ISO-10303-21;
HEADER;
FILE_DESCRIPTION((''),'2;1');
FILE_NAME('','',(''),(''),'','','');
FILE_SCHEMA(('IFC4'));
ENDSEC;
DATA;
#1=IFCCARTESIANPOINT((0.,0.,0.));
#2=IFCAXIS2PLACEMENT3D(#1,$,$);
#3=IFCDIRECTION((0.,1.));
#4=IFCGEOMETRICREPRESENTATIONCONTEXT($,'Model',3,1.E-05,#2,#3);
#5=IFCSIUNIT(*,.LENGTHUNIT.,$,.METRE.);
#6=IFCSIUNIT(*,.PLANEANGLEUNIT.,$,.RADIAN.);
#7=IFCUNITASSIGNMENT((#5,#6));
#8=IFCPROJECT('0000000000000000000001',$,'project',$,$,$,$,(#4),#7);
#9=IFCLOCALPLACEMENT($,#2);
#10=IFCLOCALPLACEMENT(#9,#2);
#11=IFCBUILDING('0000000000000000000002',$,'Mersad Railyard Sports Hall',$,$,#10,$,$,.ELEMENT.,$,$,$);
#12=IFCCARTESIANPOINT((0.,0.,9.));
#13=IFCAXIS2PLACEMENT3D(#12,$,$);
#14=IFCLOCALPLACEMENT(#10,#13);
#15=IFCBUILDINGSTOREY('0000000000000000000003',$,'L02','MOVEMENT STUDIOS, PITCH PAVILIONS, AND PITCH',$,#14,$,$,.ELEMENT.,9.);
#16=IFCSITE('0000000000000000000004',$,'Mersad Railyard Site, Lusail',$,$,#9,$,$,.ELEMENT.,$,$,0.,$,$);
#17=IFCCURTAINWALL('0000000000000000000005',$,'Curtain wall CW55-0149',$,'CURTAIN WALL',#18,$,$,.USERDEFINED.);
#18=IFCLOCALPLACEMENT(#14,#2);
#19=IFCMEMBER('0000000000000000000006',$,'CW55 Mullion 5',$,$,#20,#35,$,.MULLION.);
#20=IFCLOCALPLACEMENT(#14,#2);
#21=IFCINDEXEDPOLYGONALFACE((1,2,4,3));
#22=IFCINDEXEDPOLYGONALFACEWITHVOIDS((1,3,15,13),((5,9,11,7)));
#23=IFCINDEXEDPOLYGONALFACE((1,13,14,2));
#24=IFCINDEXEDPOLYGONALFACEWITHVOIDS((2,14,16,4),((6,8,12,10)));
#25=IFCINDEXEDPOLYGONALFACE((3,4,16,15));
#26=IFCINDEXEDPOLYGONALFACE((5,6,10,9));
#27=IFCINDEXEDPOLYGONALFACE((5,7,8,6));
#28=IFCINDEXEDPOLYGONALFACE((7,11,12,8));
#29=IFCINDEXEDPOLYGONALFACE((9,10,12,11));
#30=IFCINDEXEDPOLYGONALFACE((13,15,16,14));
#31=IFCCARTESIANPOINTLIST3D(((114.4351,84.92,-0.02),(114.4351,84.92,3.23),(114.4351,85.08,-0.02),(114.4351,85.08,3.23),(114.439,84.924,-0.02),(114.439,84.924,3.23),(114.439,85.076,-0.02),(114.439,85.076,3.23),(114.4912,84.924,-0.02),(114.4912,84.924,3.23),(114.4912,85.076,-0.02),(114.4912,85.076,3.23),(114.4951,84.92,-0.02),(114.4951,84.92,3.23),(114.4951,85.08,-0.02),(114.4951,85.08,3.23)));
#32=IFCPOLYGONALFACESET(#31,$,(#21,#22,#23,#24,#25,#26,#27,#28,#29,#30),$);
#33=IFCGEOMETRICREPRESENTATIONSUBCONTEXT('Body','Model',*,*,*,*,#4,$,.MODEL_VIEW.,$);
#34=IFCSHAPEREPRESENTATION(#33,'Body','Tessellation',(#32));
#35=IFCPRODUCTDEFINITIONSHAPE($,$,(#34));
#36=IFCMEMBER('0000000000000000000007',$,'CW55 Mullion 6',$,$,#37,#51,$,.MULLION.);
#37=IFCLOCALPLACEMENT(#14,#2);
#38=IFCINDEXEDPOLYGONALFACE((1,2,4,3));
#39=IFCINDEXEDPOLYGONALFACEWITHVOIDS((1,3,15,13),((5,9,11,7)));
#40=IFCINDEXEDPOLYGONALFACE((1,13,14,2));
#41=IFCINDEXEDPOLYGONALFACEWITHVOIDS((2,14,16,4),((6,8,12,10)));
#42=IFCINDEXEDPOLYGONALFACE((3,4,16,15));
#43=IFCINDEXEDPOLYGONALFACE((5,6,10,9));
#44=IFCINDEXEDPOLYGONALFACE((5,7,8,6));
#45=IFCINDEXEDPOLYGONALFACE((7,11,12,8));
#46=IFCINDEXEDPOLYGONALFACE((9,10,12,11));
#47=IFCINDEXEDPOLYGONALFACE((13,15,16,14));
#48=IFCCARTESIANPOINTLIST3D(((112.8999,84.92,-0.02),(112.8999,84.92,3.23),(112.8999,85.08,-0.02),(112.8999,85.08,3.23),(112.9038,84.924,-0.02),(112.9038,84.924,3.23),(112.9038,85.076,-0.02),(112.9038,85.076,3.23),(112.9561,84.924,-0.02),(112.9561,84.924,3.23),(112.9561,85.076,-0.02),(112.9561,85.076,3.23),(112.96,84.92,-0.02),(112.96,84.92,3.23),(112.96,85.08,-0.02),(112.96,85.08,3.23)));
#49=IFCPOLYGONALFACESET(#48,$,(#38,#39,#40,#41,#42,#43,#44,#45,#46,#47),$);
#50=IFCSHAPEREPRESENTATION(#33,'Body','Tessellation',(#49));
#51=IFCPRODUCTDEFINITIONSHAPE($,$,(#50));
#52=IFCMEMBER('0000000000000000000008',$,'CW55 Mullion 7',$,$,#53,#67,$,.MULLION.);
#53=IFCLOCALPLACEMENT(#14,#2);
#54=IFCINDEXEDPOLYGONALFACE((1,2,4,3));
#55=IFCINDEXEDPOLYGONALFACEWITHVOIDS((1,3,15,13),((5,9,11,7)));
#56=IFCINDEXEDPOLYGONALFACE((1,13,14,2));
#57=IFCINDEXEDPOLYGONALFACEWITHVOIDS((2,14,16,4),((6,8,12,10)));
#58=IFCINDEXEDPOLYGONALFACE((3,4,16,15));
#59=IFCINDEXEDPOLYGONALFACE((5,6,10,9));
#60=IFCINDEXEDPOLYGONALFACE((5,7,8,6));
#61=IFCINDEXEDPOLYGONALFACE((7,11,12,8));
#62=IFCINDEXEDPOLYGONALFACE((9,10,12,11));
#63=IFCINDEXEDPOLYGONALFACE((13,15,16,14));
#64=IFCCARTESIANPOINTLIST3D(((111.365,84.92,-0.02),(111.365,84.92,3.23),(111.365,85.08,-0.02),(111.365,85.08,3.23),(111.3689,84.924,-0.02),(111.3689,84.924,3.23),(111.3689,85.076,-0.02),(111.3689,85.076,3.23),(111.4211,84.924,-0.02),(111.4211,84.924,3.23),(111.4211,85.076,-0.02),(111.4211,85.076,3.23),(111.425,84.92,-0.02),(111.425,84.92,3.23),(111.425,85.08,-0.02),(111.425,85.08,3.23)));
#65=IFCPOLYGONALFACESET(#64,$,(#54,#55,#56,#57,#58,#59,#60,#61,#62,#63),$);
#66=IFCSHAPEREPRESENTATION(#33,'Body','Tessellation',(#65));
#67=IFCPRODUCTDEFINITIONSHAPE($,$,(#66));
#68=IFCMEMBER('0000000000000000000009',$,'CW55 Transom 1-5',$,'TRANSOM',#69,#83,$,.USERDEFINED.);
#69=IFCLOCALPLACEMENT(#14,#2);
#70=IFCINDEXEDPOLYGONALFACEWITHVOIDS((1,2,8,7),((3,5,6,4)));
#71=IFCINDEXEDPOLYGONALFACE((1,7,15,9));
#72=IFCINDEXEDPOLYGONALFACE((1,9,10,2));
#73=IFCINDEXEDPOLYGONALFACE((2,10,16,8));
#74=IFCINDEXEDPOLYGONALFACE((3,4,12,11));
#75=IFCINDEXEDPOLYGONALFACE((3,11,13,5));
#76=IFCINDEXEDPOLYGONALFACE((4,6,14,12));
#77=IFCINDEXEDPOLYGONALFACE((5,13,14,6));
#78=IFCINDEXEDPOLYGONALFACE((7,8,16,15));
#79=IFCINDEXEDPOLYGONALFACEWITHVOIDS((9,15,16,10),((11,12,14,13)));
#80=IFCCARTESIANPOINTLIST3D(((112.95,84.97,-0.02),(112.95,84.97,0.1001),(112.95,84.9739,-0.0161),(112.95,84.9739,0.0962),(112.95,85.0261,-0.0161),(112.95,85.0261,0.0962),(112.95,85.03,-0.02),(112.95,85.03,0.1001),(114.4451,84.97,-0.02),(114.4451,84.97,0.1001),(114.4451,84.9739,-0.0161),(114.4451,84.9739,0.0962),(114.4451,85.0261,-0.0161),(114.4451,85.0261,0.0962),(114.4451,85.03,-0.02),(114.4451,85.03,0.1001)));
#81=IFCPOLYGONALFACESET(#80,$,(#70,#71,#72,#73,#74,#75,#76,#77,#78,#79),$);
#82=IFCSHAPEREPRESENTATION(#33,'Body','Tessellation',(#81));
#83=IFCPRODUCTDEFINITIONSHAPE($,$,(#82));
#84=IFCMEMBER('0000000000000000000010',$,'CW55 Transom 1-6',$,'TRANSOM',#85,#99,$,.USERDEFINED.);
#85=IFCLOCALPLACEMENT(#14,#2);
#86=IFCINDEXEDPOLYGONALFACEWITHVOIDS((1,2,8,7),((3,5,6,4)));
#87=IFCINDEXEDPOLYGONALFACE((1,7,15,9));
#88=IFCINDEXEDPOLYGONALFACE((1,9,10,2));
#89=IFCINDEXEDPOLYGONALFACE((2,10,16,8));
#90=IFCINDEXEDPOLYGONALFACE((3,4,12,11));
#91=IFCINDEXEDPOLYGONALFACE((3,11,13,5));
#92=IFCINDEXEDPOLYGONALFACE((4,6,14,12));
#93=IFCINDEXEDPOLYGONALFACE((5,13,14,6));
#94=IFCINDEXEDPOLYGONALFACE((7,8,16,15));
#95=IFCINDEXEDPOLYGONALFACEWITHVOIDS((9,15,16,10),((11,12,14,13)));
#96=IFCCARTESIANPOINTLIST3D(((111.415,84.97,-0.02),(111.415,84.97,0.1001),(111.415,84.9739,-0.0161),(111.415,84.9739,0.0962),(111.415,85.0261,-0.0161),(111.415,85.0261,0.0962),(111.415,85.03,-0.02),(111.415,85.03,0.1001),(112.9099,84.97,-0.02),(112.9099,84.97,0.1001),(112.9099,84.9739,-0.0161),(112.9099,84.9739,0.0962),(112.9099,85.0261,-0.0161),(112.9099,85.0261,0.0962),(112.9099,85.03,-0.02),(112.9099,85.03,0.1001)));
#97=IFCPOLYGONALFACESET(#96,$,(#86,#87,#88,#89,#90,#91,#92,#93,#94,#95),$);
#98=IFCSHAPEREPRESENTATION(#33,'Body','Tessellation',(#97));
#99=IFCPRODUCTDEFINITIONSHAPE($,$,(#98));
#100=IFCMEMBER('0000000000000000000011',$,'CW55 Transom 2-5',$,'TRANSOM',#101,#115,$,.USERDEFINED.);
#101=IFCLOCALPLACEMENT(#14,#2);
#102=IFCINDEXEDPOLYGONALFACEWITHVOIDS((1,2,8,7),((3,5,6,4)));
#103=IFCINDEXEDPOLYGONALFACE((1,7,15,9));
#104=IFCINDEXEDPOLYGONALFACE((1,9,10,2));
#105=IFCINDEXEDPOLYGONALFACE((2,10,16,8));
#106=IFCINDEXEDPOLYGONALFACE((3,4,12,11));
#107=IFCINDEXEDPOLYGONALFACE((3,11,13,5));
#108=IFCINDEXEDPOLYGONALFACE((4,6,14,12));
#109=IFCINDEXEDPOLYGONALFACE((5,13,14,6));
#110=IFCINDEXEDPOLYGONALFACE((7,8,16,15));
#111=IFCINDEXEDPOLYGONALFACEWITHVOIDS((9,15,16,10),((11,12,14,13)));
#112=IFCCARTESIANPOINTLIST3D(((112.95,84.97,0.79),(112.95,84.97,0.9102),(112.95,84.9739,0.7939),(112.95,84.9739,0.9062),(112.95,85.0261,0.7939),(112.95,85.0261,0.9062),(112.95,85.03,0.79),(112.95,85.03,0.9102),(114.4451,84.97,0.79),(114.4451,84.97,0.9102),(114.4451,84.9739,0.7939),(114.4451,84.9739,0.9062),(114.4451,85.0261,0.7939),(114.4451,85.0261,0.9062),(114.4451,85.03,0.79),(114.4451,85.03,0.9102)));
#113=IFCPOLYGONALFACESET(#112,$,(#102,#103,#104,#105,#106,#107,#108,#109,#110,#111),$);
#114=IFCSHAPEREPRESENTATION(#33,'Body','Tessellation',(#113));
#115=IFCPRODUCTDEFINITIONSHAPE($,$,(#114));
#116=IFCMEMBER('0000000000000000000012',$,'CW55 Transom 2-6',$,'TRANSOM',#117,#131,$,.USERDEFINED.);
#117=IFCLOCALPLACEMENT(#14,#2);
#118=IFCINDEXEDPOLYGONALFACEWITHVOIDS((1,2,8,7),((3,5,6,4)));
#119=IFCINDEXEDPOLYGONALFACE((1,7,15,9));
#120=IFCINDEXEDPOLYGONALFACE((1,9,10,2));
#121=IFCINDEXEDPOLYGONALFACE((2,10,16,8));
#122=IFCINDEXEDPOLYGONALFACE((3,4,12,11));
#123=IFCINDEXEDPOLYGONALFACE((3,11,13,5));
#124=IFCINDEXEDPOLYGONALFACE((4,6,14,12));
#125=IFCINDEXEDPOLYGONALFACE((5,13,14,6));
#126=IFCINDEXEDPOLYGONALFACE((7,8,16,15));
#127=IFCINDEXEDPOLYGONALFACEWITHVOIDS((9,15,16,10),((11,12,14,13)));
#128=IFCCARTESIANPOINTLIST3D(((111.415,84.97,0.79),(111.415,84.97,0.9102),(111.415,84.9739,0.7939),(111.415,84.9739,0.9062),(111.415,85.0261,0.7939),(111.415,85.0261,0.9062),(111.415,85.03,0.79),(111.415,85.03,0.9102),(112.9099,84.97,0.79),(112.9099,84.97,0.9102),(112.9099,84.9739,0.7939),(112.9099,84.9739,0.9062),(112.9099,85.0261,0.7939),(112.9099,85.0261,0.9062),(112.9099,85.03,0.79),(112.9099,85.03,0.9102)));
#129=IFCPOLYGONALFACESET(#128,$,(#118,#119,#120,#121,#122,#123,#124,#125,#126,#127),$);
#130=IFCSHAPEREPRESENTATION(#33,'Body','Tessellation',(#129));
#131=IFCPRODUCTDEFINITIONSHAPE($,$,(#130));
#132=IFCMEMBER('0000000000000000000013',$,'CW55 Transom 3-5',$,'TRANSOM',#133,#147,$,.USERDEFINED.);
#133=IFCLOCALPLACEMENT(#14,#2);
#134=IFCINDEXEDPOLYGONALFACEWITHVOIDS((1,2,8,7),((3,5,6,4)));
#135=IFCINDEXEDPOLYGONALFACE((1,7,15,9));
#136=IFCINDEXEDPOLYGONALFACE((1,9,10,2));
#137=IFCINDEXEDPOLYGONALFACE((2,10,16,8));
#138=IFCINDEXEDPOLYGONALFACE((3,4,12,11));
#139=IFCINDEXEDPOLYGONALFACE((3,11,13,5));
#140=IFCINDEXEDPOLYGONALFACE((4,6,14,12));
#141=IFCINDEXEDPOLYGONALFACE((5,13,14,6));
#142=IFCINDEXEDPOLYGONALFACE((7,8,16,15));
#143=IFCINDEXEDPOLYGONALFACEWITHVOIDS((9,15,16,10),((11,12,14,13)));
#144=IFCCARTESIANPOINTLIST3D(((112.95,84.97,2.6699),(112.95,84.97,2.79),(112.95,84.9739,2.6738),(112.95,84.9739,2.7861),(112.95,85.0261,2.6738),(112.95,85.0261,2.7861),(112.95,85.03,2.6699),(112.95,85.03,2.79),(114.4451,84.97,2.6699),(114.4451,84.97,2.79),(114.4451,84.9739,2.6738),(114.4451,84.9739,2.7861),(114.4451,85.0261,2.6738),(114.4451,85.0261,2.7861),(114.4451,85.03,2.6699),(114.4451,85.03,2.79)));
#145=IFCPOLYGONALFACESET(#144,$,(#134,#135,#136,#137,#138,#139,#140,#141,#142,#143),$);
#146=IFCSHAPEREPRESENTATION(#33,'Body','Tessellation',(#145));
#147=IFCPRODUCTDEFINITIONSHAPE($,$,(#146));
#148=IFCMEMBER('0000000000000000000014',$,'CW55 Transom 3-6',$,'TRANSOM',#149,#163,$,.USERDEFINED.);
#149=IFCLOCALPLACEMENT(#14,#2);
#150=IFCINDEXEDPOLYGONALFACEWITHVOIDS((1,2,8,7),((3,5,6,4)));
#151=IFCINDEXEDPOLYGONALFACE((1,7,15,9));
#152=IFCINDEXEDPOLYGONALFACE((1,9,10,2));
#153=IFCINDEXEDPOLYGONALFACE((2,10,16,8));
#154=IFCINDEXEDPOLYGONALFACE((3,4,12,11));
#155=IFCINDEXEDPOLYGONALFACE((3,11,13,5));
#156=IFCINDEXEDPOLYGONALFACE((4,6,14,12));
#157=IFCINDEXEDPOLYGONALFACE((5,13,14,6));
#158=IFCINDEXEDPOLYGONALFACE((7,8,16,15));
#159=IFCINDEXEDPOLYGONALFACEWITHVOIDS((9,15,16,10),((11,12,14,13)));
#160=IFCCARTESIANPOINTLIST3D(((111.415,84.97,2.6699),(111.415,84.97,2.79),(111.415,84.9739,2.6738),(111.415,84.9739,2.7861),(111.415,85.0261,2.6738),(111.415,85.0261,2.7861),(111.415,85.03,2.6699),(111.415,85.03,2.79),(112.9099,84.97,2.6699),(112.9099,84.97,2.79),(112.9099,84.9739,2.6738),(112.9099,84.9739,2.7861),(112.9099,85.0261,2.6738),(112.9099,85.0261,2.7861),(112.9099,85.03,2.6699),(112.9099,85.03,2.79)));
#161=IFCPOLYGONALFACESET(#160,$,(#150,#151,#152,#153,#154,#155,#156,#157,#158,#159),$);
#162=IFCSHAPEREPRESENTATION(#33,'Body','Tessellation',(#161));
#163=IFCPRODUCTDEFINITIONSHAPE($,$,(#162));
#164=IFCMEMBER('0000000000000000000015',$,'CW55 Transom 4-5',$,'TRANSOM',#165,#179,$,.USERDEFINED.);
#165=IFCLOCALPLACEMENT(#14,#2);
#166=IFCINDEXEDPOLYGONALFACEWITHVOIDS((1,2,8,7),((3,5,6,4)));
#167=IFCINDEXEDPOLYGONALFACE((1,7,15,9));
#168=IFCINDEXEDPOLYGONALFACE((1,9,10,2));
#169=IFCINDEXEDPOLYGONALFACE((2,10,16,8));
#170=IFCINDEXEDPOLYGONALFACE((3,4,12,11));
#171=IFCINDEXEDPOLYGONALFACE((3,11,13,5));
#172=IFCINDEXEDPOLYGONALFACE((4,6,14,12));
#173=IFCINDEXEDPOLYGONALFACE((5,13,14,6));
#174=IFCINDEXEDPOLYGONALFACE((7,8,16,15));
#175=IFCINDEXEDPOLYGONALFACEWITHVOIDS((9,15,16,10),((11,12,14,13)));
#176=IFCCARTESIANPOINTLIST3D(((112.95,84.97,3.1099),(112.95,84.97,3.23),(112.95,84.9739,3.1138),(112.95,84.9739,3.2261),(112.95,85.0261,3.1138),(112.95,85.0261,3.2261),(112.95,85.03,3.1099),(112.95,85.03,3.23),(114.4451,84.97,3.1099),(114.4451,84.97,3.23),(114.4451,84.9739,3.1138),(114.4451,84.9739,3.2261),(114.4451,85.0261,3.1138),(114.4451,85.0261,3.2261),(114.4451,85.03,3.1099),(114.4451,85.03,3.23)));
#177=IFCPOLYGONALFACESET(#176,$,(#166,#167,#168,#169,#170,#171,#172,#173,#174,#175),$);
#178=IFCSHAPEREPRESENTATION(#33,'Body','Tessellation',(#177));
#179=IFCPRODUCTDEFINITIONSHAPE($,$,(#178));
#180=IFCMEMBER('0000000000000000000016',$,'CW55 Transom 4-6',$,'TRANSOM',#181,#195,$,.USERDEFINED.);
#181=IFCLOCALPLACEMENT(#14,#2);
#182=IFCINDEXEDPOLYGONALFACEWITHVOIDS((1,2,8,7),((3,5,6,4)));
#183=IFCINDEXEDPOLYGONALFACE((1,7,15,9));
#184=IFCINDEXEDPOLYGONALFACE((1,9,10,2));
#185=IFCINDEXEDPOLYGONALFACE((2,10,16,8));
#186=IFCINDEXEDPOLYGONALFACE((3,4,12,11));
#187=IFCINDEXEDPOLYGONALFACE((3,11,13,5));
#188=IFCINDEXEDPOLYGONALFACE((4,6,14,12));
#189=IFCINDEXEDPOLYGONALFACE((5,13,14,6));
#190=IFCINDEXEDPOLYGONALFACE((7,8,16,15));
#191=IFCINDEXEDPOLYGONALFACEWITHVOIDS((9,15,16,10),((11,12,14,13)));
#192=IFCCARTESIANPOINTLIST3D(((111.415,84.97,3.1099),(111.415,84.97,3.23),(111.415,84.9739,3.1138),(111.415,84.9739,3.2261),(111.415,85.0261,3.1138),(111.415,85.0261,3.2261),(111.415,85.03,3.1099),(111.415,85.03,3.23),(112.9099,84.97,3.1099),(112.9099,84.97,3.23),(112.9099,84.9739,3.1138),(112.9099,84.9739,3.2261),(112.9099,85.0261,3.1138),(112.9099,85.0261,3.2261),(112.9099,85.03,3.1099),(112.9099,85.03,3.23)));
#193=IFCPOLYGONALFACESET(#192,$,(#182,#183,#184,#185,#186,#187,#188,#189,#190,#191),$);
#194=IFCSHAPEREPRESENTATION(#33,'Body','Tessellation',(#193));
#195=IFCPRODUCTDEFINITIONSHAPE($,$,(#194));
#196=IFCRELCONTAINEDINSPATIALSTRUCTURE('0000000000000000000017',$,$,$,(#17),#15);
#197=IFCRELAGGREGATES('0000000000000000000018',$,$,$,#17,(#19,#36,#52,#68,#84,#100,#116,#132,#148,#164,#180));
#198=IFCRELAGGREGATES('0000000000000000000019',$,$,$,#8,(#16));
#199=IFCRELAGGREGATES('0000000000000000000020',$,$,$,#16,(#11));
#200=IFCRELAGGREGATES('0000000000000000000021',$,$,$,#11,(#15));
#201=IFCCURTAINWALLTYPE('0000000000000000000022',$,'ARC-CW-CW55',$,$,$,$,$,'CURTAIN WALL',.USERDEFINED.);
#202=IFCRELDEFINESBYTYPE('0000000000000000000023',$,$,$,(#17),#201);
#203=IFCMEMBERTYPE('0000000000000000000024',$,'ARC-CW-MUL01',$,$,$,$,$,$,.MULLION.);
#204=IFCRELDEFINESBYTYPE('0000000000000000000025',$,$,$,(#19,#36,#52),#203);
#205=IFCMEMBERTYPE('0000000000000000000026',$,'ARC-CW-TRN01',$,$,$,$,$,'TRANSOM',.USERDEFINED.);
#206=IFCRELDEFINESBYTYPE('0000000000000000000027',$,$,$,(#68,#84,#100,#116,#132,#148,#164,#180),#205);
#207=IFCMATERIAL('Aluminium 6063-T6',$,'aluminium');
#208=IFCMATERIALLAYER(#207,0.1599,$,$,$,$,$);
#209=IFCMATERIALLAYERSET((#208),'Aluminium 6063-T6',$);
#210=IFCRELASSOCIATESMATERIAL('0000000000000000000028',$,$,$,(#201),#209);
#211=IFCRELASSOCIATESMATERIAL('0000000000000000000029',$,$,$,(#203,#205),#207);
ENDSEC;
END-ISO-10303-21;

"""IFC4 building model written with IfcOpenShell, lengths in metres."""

from ifc_helpers import new_model, si_unit, direction, frame, origin, origin_2d, place, context, subcontext, project, spatial, hollow_rectangle, extrude, material, layer, layer_set, material_profile, profile_set, type_object, element, aggregate, save


model = new_model("IFC4")

# Units and contexts
model_context = context("Model", 3, precision=1e-05, world=origin(), true_north=direction((0.0, 1.0)))
body_context = subcontext(model_context, "Body", "Model", "MODEL_VIEW")
ifc_project = project(units=[si_unit("LENGTHUNIT", "METRE"), si_unit("PLANEANGLEUNIT", "RADIAN")], contexts=[model_context])

# Site, building, storey
site_placement = place(None, origin())
site = spatial("IfcSite", under=ifc_project, at=site_placement, Name="Mersad Railyard Site, Lusail", CompositionType="ELEMENT", RefElevation=0.0)
building_placement = place(site_placement, origin())
building = spatial("IfcBuilding", under=site, at=building_placement, Name="Mersad Railyard Sports Hall", CompositionType="ELEMENT")
storey_placement = place(building_placement, frame((0.0, 0.0, 9.0)))
storey = spatial("IfcBuildingStorey", under=building, at=storey_placement, Name="L02", Description="MOVEMENT STUDIOS, PITCH PAVILIONS, AND PITCH", CompositionType="ELEMENT", Elevation=9.0)

# Curtain wall, members
ifc_material_1 = material(Name="Aluminium 6063-T6", Category="aluminium")
ifc_layer_1 = layer(ifc_material_1, 0.1599)
ifc_layer_set_1 = layer_set([ifc_layer_1], Name="Aluminium 6063-T6")
curtain_wall_type = type_object("IfcCurtainWallType", Name="ARC-CW-CW55", ElementType="CURTAIN WALL", PredefinedType="USERDEFINED", material=ifc_layer_set_1)
curtain_wall_placement = place(storey_placement, origin())
curtain_wall = element("IfcCurtainWall", 1, at=curtain_wall_placement, inside=storey, type_object=curtain_wall_type, Name="Curtain wall CW55-0149", ObjectType="CURTAIN WALL", PredefinedType="USERDEFINED")
ifc_material_profile_1 = material_profile(ifc_material_1, hollow_rectangle(XDim=0.0601, YDim=0.1599, WallThickness=0.0039, at=origin_2d()), Name="AL MULLION 60x160x4")
ifc_profile_set_1 = profile_set([ifc_material_profile_1], Name="Aluminium 6063-T6")
member_type_1 = type_object("IfcMemberType", Name="ARC-CW-MUL01", PredefinedType="MULLION", material=ifc_profile_set_1)
member_1_placement = place(storey_placement, frame((114.4651, 85.0, -0.02), z_axis=(0.0, 0.0, 1.0), x_axis=(1.0, 0.0, 0.0)))
member_1 = element("IfcMember", 2, at=member_1_placement, type_object=member_type_1, Name="CW55 Mullion 5", PredefinedType="MULLION", context=body_context, shape_type="SweptSolid", body=[
    extrude(hollow_rectangle(XDim=0.0601, YDim=0.1599, WallThickness=0.0039, at=origin_2d()), origin(), (0.0, 0.0, 1.0), 3.25),
])
member_2_placement = place(storey_placement, frame((112.9299, 85.0, -0.02), z_axis=(0.0, 0.0, 1.0), x_axis=(1.0, 0.0, 0.0)))
member_2 = element("IfcMember", 3, at=member_2_placement, type_object=member_type_1, Name="CW55 Mullion 6", PredefinedType="MULLION", context=body_context, shape_type="SweptSolid", body=[
    extrude(hollow_rectangle(XDim=0.0601, YDim=0.1599, WallThickness=0.0039, at=origin_2d()), origin(), (0.0, 0.0, 1.0), 3.25),
])
member_3_placement = place(storey_placement, frame((111.395, 85.0, -0.02), z_axis=(0.0, 0.0, 1.0), x_axis=(1.0, 0.0, 0.0)))
member_3 = element("IfcMember", 4, at=member_3_placement, type_object=member_type_1, Name="CW55 Mullion 7", PredefinedType="MULLION", context=body_context, shape_type="SweptSolid", body=[
    extrude(hollow_rectangle(XDim=0.0601, YDim=0.1599, WallThickness=0.0039, at=origin_2d()), origin(), (0.0, 0.0, 1.0), 3.25),
])
ifc_material_profile_2 = material_profile(ifc_material_1, hollow_rectangle(XDim=0.0601, YDim=0.1201, WallThickness=0.0039, at=origin_2d()), Name="AL TRANSOM 60x120x4")
ifc_profile_set_2 = profile_set([ifc_material_profile_2], Name="Aluminium 6063-T6")
member_type_2 = type_object("IfcMemberType", Name="ARC-CW-TRN01", ElementType="TRANSOM", PredefinedType="USERDEFINED", material=ifc_profile_set_2)
member_4_placement = place(storey_placement, frame((114.4451, 85.0, 0.04), z_axis=(-1.0, 0.0, 0.0), x_axis=(0.0, -1.0, 0.0)))
member_4 = element("IfcMember", 5, at=member_4_placement, type_object=member_type_2, Name="CW55 Transom 1-5", ObjectType="TRANSOM", PredefinedType="USERDEFINED", context=body_context, shape_type="SweptSolid", body=[
    extrude(hollow_rectangle(XDim=0.0601, YDim=0.1201, WallThickness=0.0039, at=origin_2d()), origin(), (0.0, 0.0, 1.0), 1.4951),
])
member_5_placement = place(storey_placement, frame((112.9099, 85.0, 0.04), z_axis=(-1.0, 0.0, 0.0), x_axis=(0.0, -1.0, 0.0)))
member_5 = element("IfcMember", 6, at=member_5_placement, type_object=member_type_2, Name="CW55 Transom 1-6", ObjectType="TRANSOM", PredefinedType="USERDEFINED", context=body_context, shape_type="SweptSolid", body=[
    extrude(hollow_rectangle(XDim=0.0601, YDim=0.1201, WallThickness=0.0039, at=origin_2d()), origin(), (0.0, 0.0, 1.0), 1.4949),
])
member_6_placement = place(storey_placement, frame((114.4451, 85.0, 0.8501), z_axis=(-1.0, 0.0, 0.0), x_axis=(0.0, -1.0, 0.0)))
member_6 = element("IfcMember", 7, at=member_6_placement, type_object=member_type_2, Name="CW55 Transom 2-5", ObjectType="TRANSOM", PredefinedType="USERDEFINED", context=body_context, shape_type="SweptSolid", body=[
    extrude(hollow_rectangle(XDim=0.0601, YDim=0.1201, WallThickness=0.0039, at=origin_2d()), origin(), (0.0, 0.0, 1.0), 1.4951),
])
member_7_placement = place(storey_placement, frame((112.9099, 85.0, 0.8501), z_axis=(-1.0, 0.0, 0.0), x_axis=(0.0, -1.0, 0.0)))
member_7 = element("IfcMember", 8, at=member_7_placement, type_object=member_type_2, Name="CW55 Transom 2-6", ObjectType="TRANSOM", PredefinedType="USERDEFINED", context=body_context, shape_type="SweptSolid", body=[
    extrude(hollow_rectangle(XDim=0.0601, YDim=0.1201, WallThickness=0.0039, at=origin_2d()), origin(), (0.0, 0.0, 1.0), 1.4949),
])
member_8_placement = place(storey_placement, frame((114.4451, 85.0, 2.73), z_axis=(-1.0, 0.0, 0.0), x_axis=(0.0, -1.0, 0.0)))
member_8 = element("IfcMember", 9, at=member_8_placement, type_object=member_type_2, Name="CW55 Transom 3-5", ObjectType="TRANSOM", PredefinedType="USERDEFINED", context=body_context, shape_type="SweptSolid", body=[
    extrude(hollow_rectangle(XDim=0.0601, YDim=0.1201, WallThickness=0.0039, at=origin_2d()), origin(), (0.0, 0.0, 1.0), 1.4951),
])
member_9_placement = place(storey_placement, frame((112.9099, 85.0, 2.73), z_axis=(-1.0, 0.0, 0.0), x_axis=(0.0, -1.0, 0.0)))
member_9 = element("IfcMember", 10, at=member_9_placement, type_object=member_type_2, Name="CW55 Transom 3-6", ObjectType="TRANSOM", PredefinedType="USERDEFINED", context=body_context, shape_type="SweptSolid", body=[
    extrude(hollow_rectangle(XDim=0.0601, YDim=0.1201, WallThickness=0.0039, at=origin_2d()), origin(), (0.0, 0.0, 1.0), 1.4949),
])
member_10_placement = place(storey_placement, frame((114.4451, 85.0, 3.1699), z_axis=(-1.0, 0.0, 0.0), x_axis=(0.0, -1.0, 0.0)))
member_10 = element("IfcMember", 11, at=member_10_placement, type_object=member_type_2, Name="CW55 Transom 4-5", ObjectType="TRANSOM", PredefinedType="USERDEFINED", context=body_context, shape_type="SweptSolid", body=[
    extrude(hollow_rectangle(XDim=0.0601, YDim=0.1201, WallThickness=0.0039, at=origin_2d()), origin(), (0.0, 0.0, 1.0), 1.4951),
])
member_11_placement = place(storey_placement, frame((112.9099, 85.0, 3.1699), z_axis=(-1.0, 0.0, 0.0), x_axis=(0.0, -1.0, 0.0)))
member_11 = element("IfcMember", 12, at=member_11_placement, type_object=member_type_2, Name="CW55 Transom 4-6", ObjectType="TRANSOM", PredefinedType="USERDEFINED", context=body_context, shape_type="SweptSolid", body=[
    extrude(hollow_rectangle(XDim=0.0601, YDim=0.1201, WallThickness=0.0039, at=origin_2d()), origin(), (0.0, 0.0, 1.0), 1.4949),
])

aggregate(curtain_wall, [member_1, member_2, member_3, member_4, member_5, member_6, member_7, member_8, member_9, member_10, member_11])

save(model, "model.ifc")
